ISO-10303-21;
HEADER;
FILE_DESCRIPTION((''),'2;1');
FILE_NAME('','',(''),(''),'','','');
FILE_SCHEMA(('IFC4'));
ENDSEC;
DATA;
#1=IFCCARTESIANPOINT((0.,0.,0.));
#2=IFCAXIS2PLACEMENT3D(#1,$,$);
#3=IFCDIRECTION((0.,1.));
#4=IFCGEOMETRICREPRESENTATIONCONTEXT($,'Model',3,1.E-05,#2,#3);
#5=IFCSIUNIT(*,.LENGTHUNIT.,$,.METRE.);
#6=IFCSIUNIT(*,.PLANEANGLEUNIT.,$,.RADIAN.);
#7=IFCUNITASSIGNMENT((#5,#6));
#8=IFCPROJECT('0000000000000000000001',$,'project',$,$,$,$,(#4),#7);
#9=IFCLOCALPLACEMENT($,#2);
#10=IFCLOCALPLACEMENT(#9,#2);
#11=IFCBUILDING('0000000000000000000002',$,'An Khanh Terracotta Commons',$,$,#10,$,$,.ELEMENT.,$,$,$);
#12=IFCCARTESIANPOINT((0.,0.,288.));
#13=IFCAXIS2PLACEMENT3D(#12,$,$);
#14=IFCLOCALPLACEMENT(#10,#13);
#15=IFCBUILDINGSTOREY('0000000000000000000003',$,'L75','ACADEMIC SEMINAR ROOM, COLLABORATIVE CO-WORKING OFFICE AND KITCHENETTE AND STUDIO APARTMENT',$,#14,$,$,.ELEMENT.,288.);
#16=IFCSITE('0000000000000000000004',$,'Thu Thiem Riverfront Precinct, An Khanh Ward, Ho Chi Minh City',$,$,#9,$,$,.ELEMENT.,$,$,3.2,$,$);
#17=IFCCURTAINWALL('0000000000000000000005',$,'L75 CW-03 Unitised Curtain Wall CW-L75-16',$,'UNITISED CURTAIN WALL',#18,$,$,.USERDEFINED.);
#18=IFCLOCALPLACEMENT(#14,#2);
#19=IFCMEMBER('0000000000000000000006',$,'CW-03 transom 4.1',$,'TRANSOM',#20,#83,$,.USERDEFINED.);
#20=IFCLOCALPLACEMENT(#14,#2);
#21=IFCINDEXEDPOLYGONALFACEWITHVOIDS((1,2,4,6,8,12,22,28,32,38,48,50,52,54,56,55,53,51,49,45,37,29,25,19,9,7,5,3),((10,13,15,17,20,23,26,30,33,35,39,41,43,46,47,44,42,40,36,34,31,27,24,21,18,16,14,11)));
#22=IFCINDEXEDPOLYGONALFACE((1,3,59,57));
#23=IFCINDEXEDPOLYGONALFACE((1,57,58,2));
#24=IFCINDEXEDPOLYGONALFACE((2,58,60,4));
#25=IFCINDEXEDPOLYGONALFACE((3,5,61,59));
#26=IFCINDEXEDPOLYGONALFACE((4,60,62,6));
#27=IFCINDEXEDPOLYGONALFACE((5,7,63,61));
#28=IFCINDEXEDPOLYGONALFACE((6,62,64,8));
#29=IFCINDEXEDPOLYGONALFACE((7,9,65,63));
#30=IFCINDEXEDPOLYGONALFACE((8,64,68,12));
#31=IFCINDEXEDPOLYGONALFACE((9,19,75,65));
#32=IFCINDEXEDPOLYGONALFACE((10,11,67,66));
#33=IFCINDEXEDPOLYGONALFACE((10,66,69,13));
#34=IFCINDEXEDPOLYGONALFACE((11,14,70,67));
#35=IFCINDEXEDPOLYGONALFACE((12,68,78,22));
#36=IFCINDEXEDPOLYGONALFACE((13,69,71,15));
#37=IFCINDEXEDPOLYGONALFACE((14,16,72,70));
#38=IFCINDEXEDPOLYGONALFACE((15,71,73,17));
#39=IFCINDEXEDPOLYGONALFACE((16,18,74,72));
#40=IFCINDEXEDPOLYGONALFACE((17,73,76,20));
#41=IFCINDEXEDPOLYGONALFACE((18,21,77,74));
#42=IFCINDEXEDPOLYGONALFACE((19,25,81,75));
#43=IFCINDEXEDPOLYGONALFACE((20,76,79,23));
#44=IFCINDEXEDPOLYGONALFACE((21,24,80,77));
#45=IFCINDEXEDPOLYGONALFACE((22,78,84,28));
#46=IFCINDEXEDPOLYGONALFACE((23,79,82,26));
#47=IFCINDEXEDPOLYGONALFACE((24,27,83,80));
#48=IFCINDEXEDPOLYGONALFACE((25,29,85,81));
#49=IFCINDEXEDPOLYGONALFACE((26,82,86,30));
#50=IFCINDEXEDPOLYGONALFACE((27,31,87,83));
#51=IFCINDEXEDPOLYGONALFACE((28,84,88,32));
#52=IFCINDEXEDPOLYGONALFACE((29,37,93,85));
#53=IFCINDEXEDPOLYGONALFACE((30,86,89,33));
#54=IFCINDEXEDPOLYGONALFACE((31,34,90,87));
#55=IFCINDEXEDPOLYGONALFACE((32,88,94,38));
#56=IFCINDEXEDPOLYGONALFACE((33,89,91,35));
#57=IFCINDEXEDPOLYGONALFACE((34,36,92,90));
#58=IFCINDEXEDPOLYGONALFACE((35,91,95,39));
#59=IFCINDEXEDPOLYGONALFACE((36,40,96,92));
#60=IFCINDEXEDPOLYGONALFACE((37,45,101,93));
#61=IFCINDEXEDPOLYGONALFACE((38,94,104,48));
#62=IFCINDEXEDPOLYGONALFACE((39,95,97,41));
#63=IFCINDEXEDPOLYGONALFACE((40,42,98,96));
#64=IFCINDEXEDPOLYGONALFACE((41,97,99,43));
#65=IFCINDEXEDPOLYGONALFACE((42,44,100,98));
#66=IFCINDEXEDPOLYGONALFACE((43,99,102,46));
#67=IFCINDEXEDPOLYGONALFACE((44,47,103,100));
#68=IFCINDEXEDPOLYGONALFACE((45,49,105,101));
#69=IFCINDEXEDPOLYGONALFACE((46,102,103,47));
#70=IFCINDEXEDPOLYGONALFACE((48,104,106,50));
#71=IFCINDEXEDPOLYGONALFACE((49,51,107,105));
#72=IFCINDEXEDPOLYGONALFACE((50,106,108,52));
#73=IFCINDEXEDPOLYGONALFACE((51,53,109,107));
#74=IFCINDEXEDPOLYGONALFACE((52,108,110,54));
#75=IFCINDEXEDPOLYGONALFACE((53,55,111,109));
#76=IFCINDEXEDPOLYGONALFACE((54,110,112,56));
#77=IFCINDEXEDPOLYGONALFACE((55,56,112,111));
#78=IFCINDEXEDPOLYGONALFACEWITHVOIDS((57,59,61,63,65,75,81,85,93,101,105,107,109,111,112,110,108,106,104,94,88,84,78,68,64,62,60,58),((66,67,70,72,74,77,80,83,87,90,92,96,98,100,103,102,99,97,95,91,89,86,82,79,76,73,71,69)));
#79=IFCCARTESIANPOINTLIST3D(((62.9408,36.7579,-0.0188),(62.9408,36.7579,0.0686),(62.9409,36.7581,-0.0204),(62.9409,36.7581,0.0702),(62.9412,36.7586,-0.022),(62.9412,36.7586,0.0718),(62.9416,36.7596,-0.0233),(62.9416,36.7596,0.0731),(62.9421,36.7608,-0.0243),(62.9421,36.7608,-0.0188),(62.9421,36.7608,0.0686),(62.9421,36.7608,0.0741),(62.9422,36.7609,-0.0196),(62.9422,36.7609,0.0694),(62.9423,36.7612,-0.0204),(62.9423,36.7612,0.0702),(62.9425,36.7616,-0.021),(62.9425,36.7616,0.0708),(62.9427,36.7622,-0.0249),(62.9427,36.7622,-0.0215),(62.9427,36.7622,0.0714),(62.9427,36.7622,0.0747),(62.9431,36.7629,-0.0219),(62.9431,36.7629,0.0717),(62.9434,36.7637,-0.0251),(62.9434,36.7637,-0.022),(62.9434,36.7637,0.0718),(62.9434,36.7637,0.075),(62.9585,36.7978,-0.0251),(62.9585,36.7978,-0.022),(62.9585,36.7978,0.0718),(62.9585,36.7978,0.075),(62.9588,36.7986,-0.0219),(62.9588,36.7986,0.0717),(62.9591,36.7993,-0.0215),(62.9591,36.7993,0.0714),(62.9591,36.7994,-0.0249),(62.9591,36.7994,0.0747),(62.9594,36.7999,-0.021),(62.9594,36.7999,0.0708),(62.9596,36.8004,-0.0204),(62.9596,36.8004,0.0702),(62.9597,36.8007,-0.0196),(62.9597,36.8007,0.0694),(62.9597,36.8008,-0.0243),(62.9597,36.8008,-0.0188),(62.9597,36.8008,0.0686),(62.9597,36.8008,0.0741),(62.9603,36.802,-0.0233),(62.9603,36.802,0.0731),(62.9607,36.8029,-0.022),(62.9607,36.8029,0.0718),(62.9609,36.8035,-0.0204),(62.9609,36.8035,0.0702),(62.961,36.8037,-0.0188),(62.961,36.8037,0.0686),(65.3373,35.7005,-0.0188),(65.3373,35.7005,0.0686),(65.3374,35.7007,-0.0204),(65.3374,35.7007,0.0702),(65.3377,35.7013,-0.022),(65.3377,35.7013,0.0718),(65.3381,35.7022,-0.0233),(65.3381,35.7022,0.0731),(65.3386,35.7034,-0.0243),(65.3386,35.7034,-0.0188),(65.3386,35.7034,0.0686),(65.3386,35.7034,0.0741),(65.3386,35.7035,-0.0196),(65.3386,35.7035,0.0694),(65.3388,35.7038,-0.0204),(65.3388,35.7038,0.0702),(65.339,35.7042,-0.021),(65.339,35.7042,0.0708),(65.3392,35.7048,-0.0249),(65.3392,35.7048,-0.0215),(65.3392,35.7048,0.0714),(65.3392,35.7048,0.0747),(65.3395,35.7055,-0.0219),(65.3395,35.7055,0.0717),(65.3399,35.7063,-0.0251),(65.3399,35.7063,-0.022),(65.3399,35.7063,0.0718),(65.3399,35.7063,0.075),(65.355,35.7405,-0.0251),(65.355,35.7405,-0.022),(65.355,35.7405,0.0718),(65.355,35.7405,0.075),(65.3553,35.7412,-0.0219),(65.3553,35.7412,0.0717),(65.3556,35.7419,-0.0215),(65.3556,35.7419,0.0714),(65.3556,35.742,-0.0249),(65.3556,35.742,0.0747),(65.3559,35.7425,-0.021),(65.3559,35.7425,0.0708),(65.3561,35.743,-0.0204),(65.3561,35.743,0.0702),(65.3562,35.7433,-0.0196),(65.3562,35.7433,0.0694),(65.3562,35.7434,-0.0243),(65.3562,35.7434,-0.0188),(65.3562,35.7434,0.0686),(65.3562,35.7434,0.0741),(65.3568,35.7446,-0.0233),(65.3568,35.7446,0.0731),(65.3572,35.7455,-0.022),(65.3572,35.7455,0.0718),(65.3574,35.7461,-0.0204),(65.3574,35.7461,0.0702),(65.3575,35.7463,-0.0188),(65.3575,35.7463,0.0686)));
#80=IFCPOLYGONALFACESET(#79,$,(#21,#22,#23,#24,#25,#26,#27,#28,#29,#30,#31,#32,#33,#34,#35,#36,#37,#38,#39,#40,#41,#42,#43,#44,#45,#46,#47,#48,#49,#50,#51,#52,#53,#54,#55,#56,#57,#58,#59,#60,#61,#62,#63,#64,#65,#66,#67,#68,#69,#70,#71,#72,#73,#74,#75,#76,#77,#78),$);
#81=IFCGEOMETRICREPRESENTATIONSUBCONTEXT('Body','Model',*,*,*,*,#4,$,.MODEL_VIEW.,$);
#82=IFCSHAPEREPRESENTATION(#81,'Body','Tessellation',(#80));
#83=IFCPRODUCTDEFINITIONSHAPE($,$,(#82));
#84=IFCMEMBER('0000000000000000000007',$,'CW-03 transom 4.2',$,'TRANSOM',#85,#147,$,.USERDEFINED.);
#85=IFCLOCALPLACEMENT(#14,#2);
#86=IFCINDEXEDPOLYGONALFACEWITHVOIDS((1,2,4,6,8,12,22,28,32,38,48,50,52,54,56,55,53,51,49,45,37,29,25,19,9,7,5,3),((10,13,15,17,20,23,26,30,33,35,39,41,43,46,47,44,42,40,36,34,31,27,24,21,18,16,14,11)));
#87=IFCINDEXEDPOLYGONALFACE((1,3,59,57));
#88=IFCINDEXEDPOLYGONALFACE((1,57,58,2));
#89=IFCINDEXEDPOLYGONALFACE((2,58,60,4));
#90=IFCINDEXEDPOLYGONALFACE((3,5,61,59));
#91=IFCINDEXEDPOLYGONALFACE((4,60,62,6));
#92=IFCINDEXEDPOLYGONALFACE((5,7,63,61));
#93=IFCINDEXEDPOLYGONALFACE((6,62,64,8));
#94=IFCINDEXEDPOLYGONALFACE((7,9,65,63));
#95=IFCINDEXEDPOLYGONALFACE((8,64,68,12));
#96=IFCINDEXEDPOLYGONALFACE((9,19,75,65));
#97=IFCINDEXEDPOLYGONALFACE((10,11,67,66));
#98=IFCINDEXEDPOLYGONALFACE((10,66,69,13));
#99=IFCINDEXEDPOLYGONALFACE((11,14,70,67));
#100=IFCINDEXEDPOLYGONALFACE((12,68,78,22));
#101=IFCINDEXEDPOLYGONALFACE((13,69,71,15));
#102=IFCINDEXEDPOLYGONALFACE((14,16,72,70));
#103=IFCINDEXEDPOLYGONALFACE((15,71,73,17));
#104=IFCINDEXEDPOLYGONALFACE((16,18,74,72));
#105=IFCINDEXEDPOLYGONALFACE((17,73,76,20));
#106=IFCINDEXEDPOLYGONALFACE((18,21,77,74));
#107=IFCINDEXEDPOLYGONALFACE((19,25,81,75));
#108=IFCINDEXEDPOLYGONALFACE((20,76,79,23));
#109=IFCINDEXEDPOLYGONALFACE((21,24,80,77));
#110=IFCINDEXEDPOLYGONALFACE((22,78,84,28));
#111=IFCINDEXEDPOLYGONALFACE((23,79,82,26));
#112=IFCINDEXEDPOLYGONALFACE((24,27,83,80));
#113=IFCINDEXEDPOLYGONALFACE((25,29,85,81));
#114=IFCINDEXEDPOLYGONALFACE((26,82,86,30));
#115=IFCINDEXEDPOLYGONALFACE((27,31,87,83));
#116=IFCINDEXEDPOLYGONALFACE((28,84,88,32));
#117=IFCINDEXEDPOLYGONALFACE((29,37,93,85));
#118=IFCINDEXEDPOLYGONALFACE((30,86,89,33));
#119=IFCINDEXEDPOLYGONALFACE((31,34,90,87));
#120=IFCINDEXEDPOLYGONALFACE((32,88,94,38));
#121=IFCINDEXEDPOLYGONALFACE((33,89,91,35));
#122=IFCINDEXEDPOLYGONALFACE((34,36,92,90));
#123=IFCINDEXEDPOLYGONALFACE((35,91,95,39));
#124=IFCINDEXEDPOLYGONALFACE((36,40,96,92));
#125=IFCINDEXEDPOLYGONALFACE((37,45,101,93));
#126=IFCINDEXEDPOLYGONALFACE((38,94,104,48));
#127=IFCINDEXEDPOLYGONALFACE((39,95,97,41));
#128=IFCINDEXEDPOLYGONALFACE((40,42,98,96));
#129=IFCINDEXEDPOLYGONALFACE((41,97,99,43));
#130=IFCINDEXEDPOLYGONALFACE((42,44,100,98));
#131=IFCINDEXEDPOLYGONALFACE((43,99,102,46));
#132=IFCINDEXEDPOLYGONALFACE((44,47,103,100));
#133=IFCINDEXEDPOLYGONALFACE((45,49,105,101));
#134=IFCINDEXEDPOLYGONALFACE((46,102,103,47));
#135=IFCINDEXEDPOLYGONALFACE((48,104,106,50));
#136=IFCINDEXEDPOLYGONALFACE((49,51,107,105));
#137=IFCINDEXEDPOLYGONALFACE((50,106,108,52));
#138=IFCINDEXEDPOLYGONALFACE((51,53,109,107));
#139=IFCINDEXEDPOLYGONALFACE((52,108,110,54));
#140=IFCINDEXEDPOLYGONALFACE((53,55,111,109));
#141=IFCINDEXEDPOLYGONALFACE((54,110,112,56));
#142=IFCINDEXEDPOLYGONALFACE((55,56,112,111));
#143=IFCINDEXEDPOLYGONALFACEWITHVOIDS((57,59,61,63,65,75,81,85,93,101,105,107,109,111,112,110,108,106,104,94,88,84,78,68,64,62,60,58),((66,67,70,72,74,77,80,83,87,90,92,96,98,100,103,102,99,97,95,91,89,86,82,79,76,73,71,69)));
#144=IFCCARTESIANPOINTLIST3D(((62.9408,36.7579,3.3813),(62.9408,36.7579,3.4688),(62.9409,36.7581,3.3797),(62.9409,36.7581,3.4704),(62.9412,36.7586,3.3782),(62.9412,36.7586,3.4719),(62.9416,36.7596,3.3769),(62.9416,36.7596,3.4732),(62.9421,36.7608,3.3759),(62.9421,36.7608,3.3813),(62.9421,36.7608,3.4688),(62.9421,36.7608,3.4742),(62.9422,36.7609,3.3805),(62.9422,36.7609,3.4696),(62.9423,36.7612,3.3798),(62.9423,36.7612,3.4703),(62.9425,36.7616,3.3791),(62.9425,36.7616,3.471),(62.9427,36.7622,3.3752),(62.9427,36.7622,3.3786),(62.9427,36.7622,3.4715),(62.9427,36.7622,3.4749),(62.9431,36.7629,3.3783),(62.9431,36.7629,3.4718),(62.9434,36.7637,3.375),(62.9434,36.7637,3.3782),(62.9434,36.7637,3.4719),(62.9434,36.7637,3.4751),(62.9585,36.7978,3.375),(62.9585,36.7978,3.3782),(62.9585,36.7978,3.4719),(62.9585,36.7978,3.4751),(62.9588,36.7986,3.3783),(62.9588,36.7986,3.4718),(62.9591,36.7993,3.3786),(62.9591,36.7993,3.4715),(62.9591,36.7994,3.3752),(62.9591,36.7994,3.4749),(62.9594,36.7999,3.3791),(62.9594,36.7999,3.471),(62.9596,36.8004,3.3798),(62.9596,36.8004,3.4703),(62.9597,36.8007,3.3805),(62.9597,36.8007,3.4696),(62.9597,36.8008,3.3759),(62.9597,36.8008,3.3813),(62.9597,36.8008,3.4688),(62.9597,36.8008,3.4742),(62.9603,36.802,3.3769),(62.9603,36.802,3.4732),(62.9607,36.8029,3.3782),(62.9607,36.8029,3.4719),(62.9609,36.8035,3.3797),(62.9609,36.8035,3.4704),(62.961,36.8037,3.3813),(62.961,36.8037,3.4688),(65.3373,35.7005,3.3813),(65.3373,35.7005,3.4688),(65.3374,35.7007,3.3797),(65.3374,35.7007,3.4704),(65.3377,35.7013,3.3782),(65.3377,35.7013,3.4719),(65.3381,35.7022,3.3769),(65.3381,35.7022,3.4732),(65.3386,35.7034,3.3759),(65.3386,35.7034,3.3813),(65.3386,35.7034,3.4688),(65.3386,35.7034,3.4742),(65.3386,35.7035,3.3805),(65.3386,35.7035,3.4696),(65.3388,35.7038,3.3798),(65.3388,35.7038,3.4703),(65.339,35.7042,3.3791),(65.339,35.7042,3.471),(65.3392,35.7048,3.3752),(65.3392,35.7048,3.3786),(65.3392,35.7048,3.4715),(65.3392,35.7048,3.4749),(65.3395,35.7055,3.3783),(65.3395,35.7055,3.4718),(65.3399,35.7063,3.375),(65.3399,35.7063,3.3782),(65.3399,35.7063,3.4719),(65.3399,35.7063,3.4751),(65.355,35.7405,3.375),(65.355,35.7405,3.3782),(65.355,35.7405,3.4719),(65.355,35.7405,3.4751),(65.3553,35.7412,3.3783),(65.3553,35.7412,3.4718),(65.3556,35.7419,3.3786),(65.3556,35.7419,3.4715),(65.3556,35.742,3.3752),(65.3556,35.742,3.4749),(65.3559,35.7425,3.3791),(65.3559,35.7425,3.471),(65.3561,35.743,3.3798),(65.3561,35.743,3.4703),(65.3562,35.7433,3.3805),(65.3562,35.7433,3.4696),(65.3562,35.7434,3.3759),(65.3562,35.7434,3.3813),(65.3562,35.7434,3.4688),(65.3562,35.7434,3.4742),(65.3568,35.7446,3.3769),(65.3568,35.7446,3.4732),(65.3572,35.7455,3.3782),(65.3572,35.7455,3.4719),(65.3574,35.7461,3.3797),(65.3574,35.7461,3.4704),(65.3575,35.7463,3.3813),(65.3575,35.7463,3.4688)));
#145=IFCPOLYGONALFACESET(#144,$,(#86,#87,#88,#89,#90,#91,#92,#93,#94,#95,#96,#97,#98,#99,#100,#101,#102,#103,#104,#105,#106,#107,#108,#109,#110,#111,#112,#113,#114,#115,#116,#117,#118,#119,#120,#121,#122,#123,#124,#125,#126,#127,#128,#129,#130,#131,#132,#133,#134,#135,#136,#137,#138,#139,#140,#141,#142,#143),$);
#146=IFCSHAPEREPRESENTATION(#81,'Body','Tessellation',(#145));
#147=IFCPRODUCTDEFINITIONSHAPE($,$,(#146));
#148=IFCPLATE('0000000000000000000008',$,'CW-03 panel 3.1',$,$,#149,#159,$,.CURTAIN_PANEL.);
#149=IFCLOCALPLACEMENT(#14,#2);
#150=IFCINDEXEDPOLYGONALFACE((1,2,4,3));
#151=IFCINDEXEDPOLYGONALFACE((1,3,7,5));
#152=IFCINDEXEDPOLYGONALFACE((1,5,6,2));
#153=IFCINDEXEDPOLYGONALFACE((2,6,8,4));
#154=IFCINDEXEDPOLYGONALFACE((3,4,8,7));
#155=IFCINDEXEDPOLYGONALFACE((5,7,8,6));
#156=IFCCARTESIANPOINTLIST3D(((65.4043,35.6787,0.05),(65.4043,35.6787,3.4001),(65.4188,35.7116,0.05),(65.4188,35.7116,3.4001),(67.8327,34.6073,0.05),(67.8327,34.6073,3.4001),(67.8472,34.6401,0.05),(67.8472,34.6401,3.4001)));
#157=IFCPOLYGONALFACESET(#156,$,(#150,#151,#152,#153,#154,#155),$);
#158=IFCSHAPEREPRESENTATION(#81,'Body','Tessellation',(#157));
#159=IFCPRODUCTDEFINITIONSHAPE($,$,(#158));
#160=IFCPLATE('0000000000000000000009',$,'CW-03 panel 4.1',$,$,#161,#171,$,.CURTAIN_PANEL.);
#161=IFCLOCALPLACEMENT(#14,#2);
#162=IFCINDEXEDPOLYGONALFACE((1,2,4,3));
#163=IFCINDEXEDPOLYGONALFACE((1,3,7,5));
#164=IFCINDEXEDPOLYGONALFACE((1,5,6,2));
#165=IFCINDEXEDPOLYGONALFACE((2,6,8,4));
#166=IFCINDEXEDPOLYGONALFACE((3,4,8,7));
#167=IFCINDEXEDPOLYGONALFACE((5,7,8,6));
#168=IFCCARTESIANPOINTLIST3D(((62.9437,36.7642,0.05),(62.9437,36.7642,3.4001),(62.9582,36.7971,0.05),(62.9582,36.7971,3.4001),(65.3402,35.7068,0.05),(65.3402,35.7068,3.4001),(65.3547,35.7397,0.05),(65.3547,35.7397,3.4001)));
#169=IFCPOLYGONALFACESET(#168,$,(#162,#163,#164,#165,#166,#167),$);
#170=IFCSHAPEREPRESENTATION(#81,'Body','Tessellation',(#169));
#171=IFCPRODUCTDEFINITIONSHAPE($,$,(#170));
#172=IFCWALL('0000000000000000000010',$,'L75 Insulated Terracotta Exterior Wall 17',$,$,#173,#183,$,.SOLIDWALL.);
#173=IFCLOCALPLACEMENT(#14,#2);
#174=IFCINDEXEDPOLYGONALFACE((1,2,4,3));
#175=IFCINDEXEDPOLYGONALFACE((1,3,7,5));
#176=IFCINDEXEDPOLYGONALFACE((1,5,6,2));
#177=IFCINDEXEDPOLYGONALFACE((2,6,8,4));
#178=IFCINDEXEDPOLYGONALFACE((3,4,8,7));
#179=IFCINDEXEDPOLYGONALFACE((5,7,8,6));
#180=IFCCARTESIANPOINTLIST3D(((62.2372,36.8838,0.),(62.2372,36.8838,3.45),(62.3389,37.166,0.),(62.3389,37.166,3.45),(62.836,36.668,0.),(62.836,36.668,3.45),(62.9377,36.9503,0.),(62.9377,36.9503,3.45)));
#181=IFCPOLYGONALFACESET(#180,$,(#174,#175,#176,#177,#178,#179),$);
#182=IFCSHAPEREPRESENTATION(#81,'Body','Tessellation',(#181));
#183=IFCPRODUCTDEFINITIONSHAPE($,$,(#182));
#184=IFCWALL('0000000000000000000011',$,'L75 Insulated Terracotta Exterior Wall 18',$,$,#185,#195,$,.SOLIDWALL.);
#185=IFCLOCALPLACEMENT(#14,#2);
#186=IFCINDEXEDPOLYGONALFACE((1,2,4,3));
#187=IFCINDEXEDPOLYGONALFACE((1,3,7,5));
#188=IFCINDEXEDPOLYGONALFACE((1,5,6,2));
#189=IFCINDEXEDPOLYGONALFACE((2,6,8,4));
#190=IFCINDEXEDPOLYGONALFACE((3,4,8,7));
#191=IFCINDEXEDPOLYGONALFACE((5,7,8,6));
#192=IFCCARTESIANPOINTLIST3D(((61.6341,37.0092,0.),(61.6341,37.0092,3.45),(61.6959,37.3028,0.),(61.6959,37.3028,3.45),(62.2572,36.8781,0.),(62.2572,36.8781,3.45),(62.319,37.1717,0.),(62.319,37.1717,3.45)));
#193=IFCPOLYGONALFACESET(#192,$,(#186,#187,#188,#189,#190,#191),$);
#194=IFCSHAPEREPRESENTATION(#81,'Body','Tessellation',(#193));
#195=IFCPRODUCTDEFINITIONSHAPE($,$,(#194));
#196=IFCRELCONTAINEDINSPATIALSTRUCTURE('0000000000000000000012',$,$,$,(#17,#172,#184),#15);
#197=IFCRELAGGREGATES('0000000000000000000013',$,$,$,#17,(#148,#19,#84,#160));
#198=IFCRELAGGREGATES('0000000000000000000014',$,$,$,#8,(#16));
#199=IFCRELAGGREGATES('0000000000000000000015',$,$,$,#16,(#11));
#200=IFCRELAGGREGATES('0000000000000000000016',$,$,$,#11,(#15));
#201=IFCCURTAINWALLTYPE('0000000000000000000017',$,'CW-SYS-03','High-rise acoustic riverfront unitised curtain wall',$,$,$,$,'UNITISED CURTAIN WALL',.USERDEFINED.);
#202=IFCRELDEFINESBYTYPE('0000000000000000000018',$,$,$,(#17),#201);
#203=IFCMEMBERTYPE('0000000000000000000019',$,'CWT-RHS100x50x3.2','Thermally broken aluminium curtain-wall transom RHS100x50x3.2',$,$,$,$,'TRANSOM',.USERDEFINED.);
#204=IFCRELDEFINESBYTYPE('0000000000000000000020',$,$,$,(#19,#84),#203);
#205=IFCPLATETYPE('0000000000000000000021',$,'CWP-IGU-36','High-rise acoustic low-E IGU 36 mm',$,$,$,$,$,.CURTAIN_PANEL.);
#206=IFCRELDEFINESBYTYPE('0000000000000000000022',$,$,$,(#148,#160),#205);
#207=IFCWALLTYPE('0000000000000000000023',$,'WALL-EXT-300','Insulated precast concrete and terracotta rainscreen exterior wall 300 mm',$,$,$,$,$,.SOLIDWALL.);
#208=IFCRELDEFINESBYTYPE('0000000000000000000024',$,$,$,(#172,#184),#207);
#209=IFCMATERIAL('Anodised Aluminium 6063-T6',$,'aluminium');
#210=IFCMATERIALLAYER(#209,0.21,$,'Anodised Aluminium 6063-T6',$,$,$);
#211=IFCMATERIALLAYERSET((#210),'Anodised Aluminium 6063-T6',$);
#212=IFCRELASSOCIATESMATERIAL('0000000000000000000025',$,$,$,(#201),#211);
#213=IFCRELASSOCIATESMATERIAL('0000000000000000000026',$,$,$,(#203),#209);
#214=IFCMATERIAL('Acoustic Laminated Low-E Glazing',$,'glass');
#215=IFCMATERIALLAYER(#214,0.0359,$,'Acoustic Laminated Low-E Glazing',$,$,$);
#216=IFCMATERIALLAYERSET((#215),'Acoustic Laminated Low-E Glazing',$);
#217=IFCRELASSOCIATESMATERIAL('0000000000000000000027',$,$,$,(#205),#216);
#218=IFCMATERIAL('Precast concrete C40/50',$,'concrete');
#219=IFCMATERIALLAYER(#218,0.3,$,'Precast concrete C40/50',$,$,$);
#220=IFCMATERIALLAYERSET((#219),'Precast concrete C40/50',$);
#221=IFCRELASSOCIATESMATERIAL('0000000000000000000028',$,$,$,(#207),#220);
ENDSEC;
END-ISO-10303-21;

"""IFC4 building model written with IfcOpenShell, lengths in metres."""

from ifc_helpers import new_model, si_unit, direction, frame, frame_2d, origin, origin_2d, place, context, subcontext, project, spatial, rectangle, hollow_rectangle, extrude, material, layer, layer_set, material_profile, profile_set, type_object, element, aggregate, save


model = new_model("IFC4")

# Units and contexts
model_context = context("Model", 3, precision=1e-05, world=origin(), true_north=direction((0.0, 1.0)))
body_context = subcontext(model_context, "Body", "Model", "MODEL_VIEW")
ifc_project = project(units=[si_unit("LENGTHUNIT", "METRE"), si_unit("PLANEANGLEUNIT", "RADIAN")], contexts=[model_context])

# Site, building, storey
site_placement = place(None, origin())
site = spatial("IfcSite", under=ifc_project, at=site_placement, Name="Thu Thiem Riverfront Precinct, An Khanh Ward, Ho Chi Minh City", CompositionType="ELEMENT", RefElevation=3.2)
building_placement = place(site_placement, origin())
building = spatial("IfcBuilding", under=site, at=building_placement, Name="An Khanh Terracotta Commons", CompositionType="ELEMENT")
storey_placement = place(building_placement, frame((0.0, 0.0, 288.0)))
storey = spatial("IfcBuildingStorey", under=building, at=storey_placement, Name="L75", Description="ACADEMIC SEMINAR ROOM, COLLABORATIVE CO-WORKING OFFICE AND KITCHENETTE AND STUDIO APARTMENT", CompositionType="ELEMENT", Elevation=288.0)

# Curtain wall, members, plates
ifc_material_1 = material(Name="Anodised Aluminium 6063-T6", Category="aluminium")
ifc_layer_1 = layer(ifc_material_1, 0.21, Name="Anodised Aluminium 6063-T6")
ifc_layer_set_1 = layer_set([ifc_layer_1], Name="Anodised Aluminium 6063-T6")
curtain_wall_type = type_object("IfcCurtainWallType", Name="CW-SYS-03", Description="High-rise acoustic riverfront unitised curtain wall", ElementType="UNITISED CURTAIN WALL", PredefinedType="USERDEFINED", material=ifc_layer_set_1)
curtain_wall_placement = place(storey_placement, origin())
curtain_wall = element("IfcCurtainWall", 1, at=curtain_wall_placement, inside=storey, type_object=curtain_wall_type, Name="L75 CW-03 Unitised Curtain Wall CW-L75-16", ObjectType="UNITISED CURTAIN WALL", PredefinedType="USERDEFINED")
ifc_material_profile_1 = material_profile(ifc_material_1, hollow_rectangle(XDim=0.05, YDim=0.1001, WallThickness=0.0032, InnerFilletRadius=0.0032, OuterFilletRadius=0.0063, at=origin_2d()), Name="RHS100x50x3.2")
ifc_profile_set_1 = profile_set([ifc_material_profile_1], Name="Anodised Aluminium 6063-T6")
member_type_1 = type_object("IfcMemberType", Name="CWT-RHS100x50x3.2", Description="Thermally broken aluminium curtain-wall transom RHS100x50x3.2", ElementType="TRANSOM", PredefinedType="USERDEFINED", material=ifc_profile_set_1)
member_1_placement = place(storey_placement, frame((65.3474, 35.7234, 0.0249), z_axis=(-0.914904, 0.403672, 0.0), x_axis=(-0.403672, -0.914904, 0.0)))
member_1 = element("IfcMember", 2, at=member_1_placement, type_object=member_type_1, Name="CW-03 transom 4.1", ObjectType="TRANSOM", PredefinedType="USERDEFINED", context=body_context, shape_type="SweptSolid", body=[
    extrude(hollow_rectangle(XDim=0.05, YDim=0.1001, WallThickness=0.0032, InnerFilletRadius=0.0032, OuterFilletRadius=0.0063, at=origin_2d()), origin(), (0.0, 0.0, 1.0), 2.6194),
])
member_2_placement = place(storey_placement, frame((65.3474, 35.7234, 3.425), z_axis=(-0.914904, 0.403672, 0.0), x_axis=(-0.403672, -0.914904, 0.0)))
member_2 = element("IfcMember", 3, at=member_2_placement, type_object=member_type_1, Name="CW-03 transom 4.2", ObjectType="TRANSOM", PredefinedType="USERDEFINED", context=body_context, shape_type="SweptSolid", body=[
    extrude(hollow_rectangle(XDim=0.05, YDim=0.1001, WallThickness=0.0032, InnerFilletRadius=0.0032, OuterFilletRadius=0.0063, at=origin_2d()), origin(), (0.0, 0.0, 1.0), 2.6194),
])
ifc_material_2 = material(Name="Acoustic Laminated Low-E Glazing", Category="glass")
ifc_layer_2 = layer(ifc_material_2, 0.0359, Name="Acoustic Laminated Low-E Glazing")
ifc_layer_set_2 = layer_set([ifc_layer_2], Name="Acoustic Laminated Low-E Glazing")
plate_type = type_object("IfcPlateType", Name="CWP-IGU-36", Description="High-rise acoustic low-E IGU 36 mm", PredefinedType="CURTAIN_PANEL", material=ifc_layer_set_2)
plate_1_placement = place(storey_placement, frame((66.6257, 35.1594, 0.05), z_axis=(0.0, 0.0, 1.0), x_axis=(-0.914902, 0.403676, 0.0)))
plate_1 = element("IfcPlate", 4, at=plate_1_placement, type_object=plate_type, Name="CW-03 panel 3.1", PredefinedType="CURTAIN_PANEL", context=body_context, shape_type="SweptSolid", body=[
    extrude(rectangle(XDim=2.6543, YDim=0.0359, at=origin_2d()), origin(), (0.0, 0.0, 1.0), 3.3501),
])
plate_2_placement = place(storey_placement, frame((64.1492, 36.252, 0.05), z_axis=(0.0, 0.0, 1.0), x_axis=(-0.914902, 0.403676, 0.0)))
plate_2 = element("IfcPlate", 5, at=plate_2_placement, type_object=plate_type, Name="CW-03 panel 4.1", PredefinedType="CURTAIN_PANEL", context=body_context, shape_type="SweptSolid", body=[
    extrude(rectangle(XDim=2.6194, YDim=0.0359, at=origin_2d()), origin(), (0.0, 0.0, 1.0), 3.3501),
])
aggregate(curtain_wall, [plate_1, member_1, member_2, plate_2])

# Walls
ifc_material_3 = material(Name="Precast concrete C40/50", Category="concrete")
ifc_layer_3 = layer(ifc_material_3, 0.3, Name="Precast concrete C40/50")
ifc_layer_set_3 = layer_set([ifc_layer_3], Name="Precast concrete C40/50")
wall_type = type_object("IfcWallType", Name="WALL-EXT-300", Description="Insulated precast concrete and terracotta rainscreen exterior wall 300 mm", PredefinedType="SOLIDWALL", material=ifc_layer_set_3)
wall_1_placement = place(storey_placement, frame((62.887, 36.8091, 0.0), z_axis=(0.0, 0.0, 1.0), x_axis=(-0.940775, 0.339032, 0.0)))
element("IfcWall", 6, at=wall_1_placement, inside=storey, type_object=wall_type, Name="L75 Insulated Terracotta Exterior Wall 17", PredefinedType="SOLIDWALL", context=body_context, shape_type="SweptSolid", body=[
    extrude(rectangle(XDim=0.6365, YDim=0.3, at=frame_2d((0.3184, 0.0))), origin(), (0.0, 0.0, 1.0), 3.45),
])
wall_2_placement = place(storey_placement, frame((62.2881, 37.0249, 0.0), z_axis=(0.0, 0.0, 1.0), x_axis=(-0.97857, 0.205914, 0.0)))
element("IfcWall", 7, at=wall_2_placement, inside=storey, type_object=wall_type, Name="L75 Insulated Terracotta Exterior Wall 18", PredefinedType="SOLIDWALL", context=body_context, shape_type="SweptSolid", body=[
    extrude(rectangle(XDim=0.6367, YDim=0.3, at=frame_2d((0.3184, 0.0))), origin(), (0.0, 0.0, 1.0), 3.45),
])

save(model, "model.ifc")
